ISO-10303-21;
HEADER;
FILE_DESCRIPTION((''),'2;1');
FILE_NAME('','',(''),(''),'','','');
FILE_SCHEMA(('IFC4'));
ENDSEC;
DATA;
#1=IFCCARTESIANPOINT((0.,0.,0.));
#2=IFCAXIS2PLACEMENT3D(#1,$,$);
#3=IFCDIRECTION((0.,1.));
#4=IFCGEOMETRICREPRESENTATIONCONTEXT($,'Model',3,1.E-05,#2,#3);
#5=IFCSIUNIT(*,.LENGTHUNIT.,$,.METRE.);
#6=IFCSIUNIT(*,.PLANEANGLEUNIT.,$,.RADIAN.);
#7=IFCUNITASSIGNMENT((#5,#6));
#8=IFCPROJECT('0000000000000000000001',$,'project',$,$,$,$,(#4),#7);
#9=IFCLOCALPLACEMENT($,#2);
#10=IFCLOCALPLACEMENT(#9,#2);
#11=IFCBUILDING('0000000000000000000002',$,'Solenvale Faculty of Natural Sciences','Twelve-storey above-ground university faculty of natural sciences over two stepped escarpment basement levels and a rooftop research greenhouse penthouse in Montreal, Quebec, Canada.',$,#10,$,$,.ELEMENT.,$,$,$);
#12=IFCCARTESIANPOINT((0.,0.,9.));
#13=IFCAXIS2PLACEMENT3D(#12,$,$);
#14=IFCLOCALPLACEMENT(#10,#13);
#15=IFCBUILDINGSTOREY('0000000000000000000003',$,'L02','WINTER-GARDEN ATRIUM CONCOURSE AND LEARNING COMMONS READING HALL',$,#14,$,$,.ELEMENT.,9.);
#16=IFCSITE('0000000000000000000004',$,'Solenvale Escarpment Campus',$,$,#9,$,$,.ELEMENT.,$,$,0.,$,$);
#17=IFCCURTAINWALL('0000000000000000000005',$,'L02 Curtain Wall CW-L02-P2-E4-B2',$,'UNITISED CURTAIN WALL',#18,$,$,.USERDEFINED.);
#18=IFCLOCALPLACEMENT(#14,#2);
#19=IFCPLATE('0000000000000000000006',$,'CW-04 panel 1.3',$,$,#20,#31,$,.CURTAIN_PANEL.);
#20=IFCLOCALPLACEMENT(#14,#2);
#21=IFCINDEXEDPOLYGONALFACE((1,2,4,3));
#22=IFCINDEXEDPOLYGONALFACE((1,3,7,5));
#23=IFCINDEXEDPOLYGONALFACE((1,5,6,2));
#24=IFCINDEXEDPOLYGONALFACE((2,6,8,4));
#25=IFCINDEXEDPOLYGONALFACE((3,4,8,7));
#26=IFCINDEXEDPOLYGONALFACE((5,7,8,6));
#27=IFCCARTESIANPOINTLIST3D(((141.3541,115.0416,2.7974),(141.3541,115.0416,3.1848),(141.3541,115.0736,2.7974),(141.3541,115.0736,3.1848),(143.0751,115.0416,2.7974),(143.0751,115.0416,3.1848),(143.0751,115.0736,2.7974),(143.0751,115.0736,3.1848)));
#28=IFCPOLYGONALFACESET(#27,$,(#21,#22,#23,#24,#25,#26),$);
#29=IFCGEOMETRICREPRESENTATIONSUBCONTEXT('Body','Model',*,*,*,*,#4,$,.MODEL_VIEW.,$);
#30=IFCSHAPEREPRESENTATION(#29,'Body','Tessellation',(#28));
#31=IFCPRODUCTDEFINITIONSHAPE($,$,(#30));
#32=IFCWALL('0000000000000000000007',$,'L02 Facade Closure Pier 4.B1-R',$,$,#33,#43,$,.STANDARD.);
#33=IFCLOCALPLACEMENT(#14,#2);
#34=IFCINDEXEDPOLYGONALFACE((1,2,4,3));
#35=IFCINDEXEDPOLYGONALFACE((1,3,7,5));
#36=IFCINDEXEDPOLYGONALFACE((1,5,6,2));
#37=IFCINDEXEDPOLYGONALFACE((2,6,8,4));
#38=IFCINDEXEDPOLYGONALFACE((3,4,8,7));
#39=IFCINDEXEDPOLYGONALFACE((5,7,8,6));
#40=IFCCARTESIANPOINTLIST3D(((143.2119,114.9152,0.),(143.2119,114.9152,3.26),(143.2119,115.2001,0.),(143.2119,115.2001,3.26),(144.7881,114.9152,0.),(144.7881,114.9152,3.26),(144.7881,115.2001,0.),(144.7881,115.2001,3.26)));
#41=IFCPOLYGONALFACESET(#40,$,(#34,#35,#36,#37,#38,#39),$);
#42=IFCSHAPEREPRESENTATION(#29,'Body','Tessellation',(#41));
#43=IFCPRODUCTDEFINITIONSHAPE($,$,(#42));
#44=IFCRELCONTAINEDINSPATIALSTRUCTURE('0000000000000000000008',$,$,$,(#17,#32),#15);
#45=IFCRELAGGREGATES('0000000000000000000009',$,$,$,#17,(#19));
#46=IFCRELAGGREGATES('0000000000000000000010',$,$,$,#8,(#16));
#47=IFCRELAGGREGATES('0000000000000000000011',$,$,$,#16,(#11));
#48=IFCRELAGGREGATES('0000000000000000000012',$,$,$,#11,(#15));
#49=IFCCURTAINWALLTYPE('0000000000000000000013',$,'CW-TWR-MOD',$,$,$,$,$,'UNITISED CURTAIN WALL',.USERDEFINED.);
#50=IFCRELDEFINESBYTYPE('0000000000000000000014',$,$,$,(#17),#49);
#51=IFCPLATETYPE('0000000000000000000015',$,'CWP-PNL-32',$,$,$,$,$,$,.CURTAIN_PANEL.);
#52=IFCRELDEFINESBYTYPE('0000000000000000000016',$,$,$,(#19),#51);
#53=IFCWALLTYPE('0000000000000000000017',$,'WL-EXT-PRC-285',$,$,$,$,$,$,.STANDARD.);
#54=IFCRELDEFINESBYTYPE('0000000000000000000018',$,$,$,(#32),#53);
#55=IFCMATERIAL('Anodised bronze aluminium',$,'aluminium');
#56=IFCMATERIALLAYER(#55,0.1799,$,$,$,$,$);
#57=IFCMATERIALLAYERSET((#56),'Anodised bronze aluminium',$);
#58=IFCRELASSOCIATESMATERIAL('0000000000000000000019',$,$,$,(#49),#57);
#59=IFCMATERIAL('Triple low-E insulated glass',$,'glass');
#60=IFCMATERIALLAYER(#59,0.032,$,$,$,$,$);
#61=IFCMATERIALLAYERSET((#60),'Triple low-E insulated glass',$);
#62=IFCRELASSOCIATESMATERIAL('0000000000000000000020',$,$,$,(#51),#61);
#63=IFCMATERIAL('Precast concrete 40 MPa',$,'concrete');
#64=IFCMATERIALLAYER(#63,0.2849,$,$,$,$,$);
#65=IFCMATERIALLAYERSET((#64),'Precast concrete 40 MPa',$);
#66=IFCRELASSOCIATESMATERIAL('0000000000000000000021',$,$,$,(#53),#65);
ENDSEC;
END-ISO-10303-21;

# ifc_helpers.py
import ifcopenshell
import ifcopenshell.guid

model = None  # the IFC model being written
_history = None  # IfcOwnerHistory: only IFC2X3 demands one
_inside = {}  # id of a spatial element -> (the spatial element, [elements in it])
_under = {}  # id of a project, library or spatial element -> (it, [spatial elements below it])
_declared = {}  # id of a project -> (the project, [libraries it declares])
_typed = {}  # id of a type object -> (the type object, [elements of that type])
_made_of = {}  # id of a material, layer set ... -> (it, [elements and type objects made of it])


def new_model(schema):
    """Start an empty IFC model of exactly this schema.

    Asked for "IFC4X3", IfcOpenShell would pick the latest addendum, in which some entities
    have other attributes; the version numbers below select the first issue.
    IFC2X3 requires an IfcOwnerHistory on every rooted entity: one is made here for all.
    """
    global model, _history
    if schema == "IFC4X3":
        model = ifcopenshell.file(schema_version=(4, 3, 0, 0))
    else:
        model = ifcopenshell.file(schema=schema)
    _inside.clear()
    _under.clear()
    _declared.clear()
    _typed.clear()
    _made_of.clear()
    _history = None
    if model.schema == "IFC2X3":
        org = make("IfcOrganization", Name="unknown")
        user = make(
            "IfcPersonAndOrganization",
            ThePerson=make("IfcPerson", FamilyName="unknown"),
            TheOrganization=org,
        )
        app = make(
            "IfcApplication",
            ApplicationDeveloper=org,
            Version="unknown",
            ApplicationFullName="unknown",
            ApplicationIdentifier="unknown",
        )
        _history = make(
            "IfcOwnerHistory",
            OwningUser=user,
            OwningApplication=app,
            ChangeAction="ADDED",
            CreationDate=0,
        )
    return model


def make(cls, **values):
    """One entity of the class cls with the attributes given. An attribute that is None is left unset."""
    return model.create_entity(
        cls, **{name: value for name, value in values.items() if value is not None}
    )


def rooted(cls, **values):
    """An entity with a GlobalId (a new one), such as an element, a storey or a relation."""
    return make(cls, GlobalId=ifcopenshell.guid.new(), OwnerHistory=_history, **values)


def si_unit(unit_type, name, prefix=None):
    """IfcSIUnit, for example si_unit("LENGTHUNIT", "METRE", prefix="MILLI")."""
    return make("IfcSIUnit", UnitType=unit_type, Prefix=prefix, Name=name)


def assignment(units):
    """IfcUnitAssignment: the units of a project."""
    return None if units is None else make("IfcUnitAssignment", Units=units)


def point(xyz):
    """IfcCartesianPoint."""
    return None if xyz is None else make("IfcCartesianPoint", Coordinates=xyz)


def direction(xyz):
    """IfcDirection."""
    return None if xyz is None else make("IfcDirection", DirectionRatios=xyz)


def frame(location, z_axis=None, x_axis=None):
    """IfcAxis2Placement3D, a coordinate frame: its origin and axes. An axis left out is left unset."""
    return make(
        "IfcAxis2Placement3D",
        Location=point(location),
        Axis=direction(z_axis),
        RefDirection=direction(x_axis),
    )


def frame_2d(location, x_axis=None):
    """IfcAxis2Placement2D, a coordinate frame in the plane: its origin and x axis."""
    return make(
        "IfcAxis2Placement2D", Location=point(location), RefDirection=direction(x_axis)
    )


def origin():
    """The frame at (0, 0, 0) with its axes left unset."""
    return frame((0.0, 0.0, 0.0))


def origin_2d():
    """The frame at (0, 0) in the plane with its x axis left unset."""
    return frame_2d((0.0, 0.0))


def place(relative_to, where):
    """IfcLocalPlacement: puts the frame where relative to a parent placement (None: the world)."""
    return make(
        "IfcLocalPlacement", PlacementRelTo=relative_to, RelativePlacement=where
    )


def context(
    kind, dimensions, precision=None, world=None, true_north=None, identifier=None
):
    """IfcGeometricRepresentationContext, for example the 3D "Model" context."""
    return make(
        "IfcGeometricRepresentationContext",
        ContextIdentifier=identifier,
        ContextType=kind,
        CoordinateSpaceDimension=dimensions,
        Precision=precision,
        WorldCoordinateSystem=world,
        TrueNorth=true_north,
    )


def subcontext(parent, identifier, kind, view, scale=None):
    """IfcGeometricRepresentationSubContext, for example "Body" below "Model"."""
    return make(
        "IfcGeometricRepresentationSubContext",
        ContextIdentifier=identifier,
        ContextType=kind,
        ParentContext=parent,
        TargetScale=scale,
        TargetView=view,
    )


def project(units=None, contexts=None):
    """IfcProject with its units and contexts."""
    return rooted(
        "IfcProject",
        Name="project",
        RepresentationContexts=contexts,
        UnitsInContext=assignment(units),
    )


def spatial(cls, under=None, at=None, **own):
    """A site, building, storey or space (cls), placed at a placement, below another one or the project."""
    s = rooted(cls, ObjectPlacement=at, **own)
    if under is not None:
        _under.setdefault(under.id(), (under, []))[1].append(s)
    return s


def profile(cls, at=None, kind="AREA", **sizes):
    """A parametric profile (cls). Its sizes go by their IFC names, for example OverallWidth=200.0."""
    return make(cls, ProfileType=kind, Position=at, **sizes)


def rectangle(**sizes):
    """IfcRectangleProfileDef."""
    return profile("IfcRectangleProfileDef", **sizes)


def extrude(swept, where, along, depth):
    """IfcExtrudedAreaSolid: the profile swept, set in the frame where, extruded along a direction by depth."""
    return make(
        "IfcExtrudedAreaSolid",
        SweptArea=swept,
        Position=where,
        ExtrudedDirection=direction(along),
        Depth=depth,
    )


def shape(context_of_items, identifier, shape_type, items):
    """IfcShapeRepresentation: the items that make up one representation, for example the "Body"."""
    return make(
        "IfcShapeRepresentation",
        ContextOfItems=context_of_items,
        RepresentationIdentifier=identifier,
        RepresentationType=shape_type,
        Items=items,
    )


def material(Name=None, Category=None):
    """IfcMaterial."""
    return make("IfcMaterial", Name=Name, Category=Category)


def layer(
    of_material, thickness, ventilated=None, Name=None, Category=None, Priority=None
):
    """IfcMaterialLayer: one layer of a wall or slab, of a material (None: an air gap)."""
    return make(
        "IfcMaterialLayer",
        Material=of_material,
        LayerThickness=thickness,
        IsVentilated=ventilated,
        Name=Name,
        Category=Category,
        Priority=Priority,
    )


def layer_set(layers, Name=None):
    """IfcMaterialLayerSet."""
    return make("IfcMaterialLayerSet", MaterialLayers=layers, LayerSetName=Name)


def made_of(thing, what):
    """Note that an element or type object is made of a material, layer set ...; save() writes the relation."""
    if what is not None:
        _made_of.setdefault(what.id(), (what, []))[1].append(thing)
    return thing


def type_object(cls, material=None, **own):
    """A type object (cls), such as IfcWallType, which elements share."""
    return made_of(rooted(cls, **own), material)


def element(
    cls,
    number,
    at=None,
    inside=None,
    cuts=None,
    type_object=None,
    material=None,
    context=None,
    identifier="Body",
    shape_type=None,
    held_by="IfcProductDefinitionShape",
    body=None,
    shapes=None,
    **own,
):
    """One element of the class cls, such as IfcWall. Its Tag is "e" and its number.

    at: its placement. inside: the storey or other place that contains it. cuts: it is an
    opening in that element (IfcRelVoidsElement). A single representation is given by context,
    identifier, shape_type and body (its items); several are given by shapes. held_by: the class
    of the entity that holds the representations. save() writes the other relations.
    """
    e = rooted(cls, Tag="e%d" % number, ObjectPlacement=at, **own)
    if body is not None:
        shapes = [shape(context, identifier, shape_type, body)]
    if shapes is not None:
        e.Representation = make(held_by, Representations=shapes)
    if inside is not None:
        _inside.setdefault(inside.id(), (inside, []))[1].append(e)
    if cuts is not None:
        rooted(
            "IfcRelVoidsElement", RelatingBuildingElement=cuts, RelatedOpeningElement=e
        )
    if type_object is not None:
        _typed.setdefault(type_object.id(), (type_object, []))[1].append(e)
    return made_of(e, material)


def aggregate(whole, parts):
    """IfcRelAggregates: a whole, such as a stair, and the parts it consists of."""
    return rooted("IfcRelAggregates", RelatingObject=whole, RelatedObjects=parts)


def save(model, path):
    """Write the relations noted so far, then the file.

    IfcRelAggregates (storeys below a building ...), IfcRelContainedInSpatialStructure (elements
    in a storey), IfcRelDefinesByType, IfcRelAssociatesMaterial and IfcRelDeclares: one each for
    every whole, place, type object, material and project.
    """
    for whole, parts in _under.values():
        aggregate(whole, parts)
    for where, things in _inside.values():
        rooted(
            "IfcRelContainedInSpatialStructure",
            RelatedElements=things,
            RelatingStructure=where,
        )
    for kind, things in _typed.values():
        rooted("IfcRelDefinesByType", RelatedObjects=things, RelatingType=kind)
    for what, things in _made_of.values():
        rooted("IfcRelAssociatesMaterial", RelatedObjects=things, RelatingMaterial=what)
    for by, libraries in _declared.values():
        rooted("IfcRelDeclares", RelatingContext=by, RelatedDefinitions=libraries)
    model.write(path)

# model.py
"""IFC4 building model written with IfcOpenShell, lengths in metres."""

from ifc_helpers import new_model, si_unit, direction, frame, frame_2d, origin, origin_2d, place, context, subcontext, project, spatial, rectangle, extrude, material, layer, layer_set, type_object, element, aggregate, save


model = new_model("IFC4")

# Units and contexts
model_context = context("Model", 3, precision=1e-05, world=origin(), true_north=direction((0.0, 1.0)))
body_context = subcontext(model_context, "Body", "Model", "MODEL_VIEW")
ifc_project = project(units=[si_unit("LENGTHUNIT", "METRE"), si_unit("PLANEANGLEUNIT", "RADIAN")], contexts=[model_context])

# Site, building, storey
site_placement = place(None, origin())
site = spatial("IfcSite", under=ifc_project, at=site_placement, Name="Solenvale Escarpment Campus", CompositionType="ELEMENT", RefElevation=0.0)
building_placement = place(site_placement, origin())
building = spatial("IfcBuilding", under=site, at=building_placement, Name="Solenvale Faculty of Natural Sciences", Description="Twelve-storey above-ground university faculty of natural sciences over two stepped escarpment basement levels and a rooftop research greenhouse penthouse in Montreal, Quebec, Canada.", CompositionType="ELEMENT")
storey_placement = place(building_placement, frame((0.0, 0.0, 9.0)))
storey = spatial("IfcBuildingStorey", under=building, at=storey_placement, Name="L02", Description="WINTER-GARDEN ATRIUM CONCOURSE AND LEARNING COMMONS READING HALL", CompositionType="ELEMENT", Elevation=9.0)

# Shared definitions
ifc_material_1 = material(Name="Precast concrete 40 MPa", Category="concrete")

# Curtain wall
ifc_material_2 = material(Name="Anodised bronze aluminium", Category="aluminium")
ifc_layer_1 = layer(ifc_material_2, 0.1799)
ifc_layer_set_1 = layer_set([ifc_layer_1], Name="Anodised bronze aluminium")
curtain_wall_type = type_object("IfcCurtainWallType", Name="CW-TWR-MOD", ElementType="UNITISED CURTAIN WALL", PredefinedType="USERDEFINED", material=ifc_layer_set_1)
curtain_wall_1_placement = place(storey_placement, origin())
curtain_wall_1 = element("IfcCurtainWall", 1, at=curtain_wall_1_placement, inside=storey, type_object=curtain_wall_type, Name="L02 Curtain Wall CW-L02-P2-E4-B2", ObjectType="UNITISED CURTAIN WALL", PredefinedType="USERDEFINED")

# Plate
ifc_material_3 = material(Name="Triple low-E insulated glass", Category="glass")
ifc_layer_2 = layer(ifc_material_3, 0.032)
ifc_layer_set_2 = layer_set([ifc_layer_2], Name="Triple low-E insulated glass")
plate_type_1 = type_object("IfcPlateType", Name="CWP-PNL-32", PredefinedType="CURTAIN_PANEL", material=ifc_layer_set_2)
plate_1_placement = place(storey_placement, frame((142.2146, 115.0576, 2.7974), z_axis=(0.0, 0.0, 1.0), x_axis=(-1.0, 0.0, 0.0)))
plate_1 = element("IfcPlate", 2, at=plate_1_placement, type_object=plate_type_1, Name="CW-04 panel 1.3", PredefinedType="CURTAIN_PANEL", context=body_context, shape_type="SweptSolid", body=[
    extrude(rectangle(XDim=1.7209, YDim=0.032, at=origin_2d()), origin(), (0.0, 0.0, 1.0), 0.3875),
])
aggregate(curtain_wall_1, [plate_1])

# Wall
ifc_layer_3 = layer(ifc_material_1, 0.2849)
ifc_layer_set_3 = layer_set([ifc_layer_3], Name="Precast concrete 40 MPa")
wall_type = type_object("IfcWallType", Name="WL-EXT-PRC-285", PredefinedType="STANDARD", material=ifc_layer_set_3)
wall_placement = place(storey_placement, frame((144.7881, 115.0576, 0.0), z_axis=(0.0, 0.0, 1.0), x_axis=(-1.0, 0.0, 0.0)))
element("IfcWall", 3, at=wall_placement, inside=storey, type_object=wall_type, Name="L02 Facade Closure Pier 4.B1-R", PredefinedType="STANDARD", context=body_context, shape_type="SweptSolid", body=[
    extrude(rectangle(XDim=1.5762, YDim=0.2849, at=frame_2d((0.7881, 0.0))), origin(), (0.0, 0.0, 1.0), 3.26),
])

save(model, "model.ifc")
